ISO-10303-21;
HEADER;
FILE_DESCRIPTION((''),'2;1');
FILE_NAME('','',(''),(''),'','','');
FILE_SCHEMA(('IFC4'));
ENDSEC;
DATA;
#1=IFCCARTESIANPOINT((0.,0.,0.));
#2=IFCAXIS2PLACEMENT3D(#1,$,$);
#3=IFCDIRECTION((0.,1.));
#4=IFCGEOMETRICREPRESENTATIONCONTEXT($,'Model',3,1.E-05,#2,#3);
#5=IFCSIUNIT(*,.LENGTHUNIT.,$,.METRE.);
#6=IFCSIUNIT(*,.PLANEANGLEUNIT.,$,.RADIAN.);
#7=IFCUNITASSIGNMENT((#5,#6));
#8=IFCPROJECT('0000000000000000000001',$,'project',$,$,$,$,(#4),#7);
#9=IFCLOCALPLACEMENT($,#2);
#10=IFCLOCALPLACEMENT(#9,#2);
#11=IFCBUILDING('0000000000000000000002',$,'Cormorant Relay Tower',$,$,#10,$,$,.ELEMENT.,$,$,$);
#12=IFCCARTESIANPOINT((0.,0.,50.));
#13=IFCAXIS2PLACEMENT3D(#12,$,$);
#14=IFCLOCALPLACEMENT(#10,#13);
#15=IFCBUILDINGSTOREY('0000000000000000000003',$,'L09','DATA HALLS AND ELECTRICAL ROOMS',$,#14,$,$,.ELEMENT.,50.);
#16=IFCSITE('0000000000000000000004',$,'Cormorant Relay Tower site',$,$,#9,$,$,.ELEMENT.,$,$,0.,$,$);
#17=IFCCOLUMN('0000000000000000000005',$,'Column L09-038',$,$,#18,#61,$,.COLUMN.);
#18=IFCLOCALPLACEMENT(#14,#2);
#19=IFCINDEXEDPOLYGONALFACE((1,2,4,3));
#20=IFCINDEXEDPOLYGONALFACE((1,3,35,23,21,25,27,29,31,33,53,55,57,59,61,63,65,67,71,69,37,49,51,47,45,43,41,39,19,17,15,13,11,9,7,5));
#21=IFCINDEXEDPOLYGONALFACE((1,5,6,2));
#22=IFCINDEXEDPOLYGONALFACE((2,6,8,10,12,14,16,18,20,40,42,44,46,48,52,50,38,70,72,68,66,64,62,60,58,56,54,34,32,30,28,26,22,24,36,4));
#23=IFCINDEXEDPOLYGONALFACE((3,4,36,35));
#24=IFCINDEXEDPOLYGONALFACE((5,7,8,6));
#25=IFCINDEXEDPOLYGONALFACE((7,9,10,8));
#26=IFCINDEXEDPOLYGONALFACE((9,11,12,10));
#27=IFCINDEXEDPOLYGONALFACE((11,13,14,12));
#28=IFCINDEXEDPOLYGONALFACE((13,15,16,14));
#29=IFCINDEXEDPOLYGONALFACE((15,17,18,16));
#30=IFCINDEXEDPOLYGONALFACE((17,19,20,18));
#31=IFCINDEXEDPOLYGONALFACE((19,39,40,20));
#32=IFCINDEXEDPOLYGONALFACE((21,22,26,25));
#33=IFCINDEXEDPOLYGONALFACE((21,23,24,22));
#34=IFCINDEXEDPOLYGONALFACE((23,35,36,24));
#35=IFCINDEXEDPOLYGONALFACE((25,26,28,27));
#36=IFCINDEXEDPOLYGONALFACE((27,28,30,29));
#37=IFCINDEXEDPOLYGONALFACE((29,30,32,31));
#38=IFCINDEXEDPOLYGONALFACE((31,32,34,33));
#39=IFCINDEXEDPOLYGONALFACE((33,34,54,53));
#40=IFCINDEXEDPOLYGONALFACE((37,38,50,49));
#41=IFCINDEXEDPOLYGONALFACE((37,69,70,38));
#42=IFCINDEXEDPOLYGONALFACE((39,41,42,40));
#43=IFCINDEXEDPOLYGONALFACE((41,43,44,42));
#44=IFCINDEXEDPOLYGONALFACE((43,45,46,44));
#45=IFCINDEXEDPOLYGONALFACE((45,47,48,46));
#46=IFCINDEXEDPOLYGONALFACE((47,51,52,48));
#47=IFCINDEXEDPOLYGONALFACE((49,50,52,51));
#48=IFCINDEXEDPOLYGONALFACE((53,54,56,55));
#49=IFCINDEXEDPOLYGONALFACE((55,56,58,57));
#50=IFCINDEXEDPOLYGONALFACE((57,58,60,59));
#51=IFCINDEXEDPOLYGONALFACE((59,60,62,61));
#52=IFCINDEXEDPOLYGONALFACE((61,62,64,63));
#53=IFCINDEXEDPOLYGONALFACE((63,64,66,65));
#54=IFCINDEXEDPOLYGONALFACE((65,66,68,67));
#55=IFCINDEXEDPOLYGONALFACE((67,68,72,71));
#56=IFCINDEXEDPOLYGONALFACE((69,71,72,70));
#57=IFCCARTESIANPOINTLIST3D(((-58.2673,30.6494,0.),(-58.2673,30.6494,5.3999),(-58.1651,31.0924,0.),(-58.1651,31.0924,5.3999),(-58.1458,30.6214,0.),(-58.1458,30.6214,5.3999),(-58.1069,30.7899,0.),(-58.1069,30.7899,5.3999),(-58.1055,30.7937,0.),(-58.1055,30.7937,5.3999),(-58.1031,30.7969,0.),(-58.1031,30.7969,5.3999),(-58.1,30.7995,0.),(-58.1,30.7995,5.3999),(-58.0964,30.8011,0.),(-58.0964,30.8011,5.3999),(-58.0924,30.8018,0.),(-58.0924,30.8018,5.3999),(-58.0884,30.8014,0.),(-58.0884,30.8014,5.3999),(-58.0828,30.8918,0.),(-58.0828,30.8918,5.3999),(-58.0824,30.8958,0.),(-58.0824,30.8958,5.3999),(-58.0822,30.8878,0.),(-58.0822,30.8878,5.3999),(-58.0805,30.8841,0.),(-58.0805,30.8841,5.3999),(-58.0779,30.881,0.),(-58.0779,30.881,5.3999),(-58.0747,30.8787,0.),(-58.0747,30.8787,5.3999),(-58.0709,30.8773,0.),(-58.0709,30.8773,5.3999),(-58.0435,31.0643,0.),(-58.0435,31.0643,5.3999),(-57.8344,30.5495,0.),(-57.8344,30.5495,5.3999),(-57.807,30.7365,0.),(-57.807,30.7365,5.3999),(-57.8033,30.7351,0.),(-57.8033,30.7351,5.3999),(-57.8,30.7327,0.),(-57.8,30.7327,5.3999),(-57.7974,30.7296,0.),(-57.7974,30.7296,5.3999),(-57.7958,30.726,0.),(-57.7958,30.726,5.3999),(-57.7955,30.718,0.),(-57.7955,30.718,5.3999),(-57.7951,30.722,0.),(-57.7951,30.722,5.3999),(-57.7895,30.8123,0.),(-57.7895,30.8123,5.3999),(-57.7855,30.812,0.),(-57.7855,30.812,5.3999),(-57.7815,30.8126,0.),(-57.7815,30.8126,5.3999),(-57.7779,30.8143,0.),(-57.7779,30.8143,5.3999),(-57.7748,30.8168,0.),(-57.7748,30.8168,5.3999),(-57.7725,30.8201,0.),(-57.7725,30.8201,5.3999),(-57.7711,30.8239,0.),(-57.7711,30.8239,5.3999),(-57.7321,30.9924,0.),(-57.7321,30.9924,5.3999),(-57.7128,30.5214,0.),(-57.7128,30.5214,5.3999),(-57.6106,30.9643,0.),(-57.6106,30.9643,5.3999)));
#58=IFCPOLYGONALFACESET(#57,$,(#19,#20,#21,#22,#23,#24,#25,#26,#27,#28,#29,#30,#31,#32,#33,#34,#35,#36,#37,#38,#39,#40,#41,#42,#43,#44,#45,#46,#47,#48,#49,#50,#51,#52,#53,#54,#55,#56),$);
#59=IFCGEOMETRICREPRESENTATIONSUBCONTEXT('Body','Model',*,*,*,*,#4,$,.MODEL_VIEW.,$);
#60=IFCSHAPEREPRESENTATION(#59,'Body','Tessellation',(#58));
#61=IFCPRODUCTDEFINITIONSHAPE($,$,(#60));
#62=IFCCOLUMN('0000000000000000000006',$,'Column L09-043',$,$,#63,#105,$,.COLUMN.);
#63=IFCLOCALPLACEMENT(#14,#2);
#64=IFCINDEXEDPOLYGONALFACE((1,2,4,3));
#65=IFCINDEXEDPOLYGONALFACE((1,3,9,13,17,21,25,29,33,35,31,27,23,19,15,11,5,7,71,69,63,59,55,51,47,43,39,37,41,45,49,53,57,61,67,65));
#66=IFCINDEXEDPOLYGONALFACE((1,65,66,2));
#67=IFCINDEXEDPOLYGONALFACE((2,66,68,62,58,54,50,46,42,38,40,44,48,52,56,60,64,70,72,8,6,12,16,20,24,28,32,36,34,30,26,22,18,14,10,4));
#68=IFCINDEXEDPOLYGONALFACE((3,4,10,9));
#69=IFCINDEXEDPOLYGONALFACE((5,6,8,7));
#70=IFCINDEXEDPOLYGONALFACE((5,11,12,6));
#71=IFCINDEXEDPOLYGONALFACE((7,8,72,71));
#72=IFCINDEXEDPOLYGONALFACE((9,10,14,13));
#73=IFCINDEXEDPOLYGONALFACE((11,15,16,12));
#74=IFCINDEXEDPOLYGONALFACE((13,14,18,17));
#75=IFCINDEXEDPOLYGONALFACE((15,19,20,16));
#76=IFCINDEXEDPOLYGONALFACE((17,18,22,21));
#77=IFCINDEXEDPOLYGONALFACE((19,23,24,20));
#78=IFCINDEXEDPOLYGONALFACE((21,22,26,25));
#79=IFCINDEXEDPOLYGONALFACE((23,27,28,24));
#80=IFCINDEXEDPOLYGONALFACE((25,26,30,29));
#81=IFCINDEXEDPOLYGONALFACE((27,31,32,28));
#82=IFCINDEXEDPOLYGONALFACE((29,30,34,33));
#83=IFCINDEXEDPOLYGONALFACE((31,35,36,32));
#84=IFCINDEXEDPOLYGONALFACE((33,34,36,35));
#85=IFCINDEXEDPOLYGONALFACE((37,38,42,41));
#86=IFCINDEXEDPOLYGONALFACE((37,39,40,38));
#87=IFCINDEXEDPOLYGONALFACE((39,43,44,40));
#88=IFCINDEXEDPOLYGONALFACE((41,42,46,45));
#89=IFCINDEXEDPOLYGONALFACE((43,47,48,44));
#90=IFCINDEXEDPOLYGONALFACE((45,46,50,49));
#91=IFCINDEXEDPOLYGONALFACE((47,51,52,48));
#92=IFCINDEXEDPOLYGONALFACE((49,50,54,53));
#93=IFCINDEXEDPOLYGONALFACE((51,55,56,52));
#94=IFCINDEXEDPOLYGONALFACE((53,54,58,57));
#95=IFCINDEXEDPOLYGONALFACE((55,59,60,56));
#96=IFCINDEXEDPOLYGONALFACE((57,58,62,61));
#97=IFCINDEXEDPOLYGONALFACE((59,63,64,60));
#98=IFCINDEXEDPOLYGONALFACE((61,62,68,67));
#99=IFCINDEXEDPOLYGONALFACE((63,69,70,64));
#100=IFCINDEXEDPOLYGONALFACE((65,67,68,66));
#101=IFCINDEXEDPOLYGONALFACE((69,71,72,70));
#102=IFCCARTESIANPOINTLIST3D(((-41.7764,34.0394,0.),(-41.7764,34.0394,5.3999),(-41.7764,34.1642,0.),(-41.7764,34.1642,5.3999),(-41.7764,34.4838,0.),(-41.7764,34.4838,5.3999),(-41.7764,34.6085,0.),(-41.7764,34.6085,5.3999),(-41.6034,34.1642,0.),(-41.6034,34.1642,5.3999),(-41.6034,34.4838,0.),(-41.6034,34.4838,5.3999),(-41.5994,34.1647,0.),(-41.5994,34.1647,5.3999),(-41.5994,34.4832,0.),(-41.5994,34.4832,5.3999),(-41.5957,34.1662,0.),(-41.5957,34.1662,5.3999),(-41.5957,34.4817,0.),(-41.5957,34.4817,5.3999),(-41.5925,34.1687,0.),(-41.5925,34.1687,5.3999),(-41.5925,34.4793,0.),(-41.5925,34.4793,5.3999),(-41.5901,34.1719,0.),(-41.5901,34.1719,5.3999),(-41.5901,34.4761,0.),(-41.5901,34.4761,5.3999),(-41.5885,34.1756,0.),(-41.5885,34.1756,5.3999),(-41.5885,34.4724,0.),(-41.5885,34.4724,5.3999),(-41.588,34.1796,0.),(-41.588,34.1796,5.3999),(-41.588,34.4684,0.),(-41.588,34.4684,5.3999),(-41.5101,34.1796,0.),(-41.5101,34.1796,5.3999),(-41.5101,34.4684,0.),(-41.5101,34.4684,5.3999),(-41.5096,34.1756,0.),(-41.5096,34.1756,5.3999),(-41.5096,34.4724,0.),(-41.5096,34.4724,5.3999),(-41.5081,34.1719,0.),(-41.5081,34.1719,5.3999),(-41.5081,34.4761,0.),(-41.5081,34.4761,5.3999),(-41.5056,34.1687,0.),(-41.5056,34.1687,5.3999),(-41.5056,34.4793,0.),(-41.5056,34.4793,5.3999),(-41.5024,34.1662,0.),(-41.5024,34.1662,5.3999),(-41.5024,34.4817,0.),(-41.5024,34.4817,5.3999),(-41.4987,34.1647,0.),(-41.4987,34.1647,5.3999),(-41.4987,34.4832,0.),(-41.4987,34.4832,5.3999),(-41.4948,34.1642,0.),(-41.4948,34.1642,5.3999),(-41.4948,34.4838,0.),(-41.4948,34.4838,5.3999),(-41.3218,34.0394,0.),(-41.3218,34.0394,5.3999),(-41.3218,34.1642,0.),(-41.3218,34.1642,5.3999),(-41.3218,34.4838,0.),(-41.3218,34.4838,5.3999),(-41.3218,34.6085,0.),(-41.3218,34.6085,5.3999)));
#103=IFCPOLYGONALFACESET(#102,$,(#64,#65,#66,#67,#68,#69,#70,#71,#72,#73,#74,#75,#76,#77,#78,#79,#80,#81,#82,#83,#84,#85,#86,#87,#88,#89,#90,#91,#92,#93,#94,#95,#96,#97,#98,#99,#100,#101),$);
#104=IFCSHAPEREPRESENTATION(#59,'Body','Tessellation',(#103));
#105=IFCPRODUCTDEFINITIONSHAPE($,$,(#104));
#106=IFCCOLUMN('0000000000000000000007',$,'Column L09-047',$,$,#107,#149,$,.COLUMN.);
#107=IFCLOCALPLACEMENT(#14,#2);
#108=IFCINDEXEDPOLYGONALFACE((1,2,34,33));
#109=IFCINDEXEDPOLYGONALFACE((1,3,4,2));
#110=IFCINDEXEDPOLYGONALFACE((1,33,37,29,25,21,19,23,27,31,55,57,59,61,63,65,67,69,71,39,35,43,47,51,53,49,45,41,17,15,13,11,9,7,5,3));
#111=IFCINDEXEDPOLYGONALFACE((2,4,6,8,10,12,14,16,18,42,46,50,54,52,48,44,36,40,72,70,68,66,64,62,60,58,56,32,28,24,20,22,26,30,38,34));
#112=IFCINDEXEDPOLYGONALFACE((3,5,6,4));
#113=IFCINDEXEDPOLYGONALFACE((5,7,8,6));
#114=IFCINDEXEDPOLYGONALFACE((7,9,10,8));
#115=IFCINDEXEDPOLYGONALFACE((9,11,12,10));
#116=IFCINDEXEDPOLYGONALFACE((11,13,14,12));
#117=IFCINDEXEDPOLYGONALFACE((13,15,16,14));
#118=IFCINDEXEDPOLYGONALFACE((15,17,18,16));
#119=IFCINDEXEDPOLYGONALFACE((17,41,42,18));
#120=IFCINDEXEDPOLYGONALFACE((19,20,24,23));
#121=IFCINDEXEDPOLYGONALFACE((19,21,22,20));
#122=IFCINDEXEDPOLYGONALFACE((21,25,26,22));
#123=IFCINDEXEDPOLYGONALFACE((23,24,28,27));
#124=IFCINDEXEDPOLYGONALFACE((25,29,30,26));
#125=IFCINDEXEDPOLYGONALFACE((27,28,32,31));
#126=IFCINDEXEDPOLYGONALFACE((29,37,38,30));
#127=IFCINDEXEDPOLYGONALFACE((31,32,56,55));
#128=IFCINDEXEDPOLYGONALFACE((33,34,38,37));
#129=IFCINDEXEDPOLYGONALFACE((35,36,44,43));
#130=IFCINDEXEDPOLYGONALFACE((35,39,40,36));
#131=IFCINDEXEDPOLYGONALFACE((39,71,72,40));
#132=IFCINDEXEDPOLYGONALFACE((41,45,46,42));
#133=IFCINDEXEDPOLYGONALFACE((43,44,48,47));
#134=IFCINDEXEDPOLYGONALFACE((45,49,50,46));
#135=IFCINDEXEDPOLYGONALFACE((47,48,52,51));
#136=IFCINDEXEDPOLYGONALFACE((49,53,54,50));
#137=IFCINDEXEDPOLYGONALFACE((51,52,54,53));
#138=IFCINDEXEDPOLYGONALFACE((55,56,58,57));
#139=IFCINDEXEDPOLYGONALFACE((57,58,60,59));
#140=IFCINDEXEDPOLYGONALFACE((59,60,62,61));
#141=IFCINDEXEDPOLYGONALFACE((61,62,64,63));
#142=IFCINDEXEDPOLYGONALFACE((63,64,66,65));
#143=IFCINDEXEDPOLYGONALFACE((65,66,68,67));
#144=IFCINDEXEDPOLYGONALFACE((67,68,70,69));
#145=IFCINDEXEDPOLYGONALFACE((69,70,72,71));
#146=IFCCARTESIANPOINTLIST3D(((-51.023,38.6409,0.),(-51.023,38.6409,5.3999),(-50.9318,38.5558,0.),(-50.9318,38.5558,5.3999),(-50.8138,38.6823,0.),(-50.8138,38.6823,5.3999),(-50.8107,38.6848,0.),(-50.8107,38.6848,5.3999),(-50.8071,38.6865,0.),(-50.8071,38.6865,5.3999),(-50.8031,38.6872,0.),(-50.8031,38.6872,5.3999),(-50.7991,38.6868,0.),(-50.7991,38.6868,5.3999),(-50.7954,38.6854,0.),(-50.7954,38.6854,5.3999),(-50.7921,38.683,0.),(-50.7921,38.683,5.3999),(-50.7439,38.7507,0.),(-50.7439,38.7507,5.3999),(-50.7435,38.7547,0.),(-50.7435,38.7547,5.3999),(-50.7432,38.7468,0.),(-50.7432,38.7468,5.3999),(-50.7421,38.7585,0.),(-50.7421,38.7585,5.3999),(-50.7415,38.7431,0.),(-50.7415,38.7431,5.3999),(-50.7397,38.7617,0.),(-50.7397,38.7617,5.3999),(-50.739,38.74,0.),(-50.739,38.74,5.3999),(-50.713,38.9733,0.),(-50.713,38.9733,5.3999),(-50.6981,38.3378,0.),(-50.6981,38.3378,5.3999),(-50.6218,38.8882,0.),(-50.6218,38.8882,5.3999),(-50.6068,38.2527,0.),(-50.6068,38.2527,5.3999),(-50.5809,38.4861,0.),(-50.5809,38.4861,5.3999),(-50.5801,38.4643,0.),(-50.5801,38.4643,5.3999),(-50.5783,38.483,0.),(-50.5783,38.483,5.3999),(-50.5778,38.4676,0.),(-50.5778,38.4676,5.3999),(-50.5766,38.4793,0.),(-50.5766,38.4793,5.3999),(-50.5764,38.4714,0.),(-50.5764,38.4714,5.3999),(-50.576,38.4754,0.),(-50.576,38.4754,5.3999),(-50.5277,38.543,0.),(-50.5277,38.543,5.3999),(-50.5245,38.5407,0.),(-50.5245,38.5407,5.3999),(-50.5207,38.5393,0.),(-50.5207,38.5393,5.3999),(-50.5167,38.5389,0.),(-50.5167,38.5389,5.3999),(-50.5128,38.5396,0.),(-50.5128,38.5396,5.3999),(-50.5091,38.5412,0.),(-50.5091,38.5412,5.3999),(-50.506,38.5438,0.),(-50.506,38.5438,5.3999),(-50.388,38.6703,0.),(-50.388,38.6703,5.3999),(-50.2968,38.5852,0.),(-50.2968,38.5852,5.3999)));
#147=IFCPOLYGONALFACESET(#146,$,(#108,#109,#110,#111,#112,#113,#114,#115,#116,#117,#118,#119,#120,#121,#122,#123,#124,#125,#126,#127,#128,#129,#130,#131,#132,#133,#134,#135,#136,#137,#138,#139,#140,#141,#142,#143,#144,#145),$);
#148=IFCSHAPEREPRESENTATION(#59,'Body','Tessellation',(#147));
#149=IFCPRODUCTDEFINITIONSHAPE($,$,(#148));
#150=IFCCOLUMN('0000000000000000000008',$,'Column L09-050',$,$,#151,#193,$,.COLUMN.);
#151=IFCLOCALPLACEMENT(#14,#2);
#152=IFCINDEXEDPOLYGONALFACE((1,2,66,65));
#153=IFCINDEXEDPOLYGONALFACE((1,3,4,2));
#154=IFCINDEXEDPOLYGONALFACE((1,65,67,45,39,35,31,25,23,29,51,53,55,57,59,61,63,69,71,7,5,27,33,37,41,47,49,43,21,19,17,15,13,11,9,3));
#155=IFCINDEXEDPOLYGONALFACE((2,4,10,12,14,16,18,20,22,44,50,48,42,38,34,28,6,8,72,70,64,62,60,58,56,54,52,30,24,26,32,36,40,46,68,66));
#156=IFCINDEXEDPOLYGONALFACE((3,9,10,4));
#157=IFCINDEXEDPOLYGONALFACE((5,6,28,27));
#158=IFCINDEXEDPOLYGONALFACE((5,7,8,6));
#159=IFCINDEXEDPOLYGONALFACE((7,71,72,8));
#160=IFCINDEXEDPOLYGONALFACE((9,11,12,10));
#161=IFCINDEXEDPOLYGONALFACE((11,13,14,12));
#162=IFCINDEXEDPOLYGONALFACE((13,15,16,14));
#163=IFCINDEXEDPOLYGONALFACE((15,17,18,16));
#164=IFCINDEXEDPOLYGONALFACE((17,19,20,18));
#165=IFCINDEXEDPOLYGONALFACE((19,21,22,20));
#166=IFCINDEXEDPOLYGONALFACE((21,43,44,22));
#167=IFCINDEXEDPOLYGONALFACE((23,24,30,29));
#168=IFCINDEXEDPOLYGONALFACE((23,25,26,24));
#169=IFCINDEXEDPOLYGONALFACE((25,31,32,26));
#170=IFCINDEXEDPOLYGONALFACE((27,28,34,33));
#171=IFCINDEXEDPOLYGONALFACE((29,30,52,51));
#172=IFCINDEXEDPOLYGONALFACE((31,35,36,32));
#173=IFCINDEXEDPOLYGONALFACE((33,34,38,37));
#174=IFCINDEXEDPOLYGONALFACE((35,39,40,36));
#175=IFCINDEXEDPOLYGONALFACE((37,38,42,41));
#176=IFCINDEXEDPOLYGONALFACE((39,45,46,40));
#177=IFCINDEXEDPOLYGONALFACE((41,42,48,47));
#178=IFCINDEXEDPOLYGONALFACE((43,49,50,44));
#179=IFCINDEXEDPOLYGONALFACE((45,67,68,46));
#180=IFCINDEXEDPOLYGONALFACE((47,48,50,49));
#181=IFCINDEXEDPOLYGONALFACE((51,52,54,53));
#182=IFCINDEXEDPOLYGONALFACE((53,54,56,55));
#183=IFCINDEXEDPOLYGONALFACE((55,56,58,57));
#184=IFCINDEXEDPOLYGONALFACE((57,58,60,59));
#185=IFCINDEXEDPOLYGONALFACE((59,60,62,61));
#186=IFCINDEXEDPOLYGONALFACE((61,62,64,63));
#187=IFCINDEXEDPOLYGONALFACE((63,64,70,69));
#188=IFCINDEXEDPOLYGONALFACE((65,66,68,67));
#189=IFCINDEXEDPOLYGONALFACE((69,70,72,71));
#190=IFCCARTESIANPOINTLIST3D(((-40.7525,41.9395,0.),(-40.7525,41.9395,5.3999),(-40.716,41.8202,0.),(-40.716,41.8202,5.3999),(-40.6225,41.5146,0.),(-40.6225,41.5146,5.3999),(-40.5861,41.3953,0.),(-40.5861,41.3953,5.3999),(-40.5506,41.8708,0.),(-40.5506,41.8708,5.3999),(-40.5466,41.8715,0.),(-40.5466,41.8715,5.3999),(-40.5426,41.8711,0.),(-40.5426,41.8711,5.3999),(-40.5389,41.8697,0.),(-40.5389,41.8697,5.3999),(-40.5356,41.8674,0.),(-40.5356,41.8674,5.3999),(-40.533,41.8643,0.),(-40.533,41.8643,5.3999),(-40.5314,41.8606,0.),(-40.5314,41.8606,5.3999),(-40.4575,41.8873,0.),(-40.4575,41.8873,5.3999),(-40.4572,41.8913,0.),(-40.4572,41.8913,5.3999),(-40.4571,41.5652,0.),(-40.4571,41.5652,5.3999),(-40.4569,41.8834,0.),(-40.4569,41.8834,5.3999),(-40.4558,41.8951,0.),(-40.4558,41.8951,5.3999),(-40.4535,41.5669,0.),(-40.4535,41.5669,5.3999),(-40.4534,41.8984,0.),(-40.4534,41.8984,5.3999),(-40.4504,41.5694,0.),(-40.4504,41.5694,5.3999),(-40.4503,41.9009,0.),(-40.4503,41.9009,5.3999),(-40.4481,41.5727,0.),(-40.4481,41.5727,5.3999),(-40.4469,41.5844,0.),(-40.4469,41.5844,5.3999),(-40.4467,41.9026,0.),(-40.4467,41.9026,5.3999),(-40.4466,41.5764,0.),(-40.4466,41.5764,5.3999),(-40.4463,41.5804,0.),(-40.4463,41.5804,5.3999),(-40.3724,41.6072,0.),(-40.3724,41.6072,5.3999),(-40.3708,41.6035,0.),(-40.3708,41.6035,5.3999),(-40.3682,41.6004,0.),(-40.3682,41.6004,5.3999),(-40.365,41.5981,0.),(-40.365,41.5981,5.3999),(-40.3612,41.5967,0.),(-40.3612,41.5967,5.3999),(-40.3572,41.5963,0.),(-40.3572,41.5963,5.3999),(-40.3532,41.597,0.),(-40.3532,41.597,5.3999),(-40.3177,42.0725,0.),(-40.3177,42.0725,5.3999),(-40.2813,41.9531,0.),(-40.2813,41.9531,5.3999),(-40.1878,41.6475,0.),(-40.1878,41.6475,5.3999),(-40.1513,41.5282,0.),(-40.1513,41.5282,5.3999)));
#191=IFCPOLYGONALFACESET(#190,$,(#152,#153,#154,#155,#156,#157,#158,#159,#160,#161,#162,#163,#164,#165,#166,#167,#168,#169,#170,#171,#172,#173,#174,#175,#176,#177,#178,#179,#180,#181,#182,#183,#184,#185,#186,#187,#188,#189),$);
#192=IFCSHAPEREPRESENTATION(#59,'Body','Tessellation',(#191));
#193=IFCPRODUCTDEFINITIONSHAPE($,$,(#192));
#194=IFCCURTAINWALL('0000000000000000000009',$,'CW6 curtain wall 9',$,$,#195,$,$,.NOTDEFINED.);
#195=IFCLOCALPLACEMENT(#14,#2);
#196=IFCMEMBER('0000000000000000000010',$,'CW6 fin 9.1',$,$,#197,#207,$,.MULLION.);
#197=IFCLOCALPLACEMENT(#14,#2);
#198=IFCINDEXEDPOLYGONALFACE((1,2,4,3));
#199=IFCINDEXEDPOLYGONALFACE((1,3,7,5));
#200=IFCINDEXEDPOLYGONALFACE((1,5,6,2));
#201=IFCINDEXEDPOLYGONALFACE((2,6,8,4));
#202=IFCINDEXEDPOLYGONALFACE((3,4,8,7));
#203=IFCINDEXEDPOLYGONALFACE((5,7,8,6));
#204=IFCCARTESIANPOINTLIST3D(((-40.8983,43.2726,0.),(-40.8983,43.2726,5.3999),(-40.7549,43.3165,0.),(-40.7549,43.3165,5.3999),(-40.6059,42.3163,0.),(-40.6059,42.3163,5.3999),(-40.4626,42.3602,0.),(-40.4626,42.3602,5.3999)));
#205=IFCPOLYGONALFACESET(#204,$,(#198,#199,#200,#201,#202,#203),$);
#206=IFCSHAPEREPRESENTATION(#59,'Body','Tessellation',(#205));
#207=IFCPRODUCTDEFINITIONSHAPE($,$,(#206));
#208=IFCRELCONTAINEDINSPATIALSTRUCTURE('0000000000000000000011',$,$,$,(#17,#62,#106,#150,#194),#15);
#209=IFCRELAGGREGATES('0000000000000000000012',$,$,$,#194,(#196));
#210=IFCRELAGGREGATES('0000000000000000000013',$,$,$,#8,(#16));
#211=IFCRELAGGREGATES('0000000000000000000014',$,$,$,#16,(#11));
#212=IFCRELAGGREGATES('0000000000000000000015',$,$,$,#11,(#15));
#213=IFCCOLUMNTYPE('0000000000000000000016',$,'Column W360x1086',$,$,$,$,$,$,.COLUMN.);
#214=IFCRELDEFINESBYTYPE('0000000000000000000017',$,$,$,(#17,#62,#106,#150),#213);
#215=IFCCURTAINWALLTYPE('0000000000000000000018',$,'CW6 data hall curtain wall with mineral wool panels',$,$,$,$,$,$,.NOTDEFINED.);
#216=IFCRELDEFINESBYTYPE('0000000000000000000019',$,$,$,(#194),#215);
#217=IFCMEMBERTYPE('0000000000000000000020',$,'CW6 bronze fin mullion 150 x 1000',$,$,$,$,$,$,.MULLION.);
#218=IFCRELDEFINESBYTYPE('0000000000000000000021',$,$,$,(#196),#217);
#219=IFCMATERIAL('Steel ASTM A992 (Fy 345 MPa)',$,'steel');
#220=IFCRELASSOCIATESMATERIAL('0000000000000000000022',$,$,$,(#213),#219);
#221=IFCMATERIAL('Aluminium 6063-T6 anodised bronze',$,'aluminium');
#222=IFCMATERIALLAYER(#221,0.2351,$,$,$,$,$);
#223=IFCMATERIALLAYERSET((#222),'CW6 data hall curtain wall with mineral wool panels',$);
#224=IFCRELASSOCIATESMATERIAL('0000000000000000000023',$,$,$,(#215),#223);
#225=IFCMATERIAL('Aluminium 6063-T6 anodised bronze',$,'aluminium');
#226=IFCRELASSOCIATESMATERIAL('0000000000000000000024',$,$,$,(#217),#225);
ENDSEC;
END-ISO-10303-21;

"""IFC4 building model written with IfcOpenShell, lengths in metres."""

from ifc_helpers import new_model, si_unit, direction, frame, origin, origin_2d, place, context, subcontext, project, spatial, rectangle, i_section, extrude, material, layer, layer_set, material_profile, profile_set, type_object, element, aggregate, save


model = new_model("IFC4")

# Units and contexts
model_context = context("Model", 3, precision=1e-05, world=origin(), true_north=direction((0.0, 1.0)))
body_context = subcontext(model_context, "Body", "Model", "MODEL_VIEW")
ifc_project = project(units=[si_unit("LENGTHUNIT", "METRE"), si_unit("PLANEANGLEUNIT", "RADIAN")], contexts=[model_context])

# Site, building, storey
site_placement = place(None, origin())
site = spatial("IfcSite", under=ifc_project, at=site_placement, Name="Cormorant Relay Tower site", CompositionType="ELEMENT", RefElevation=0.0)
building_placement = place(site_placement, origin())
building = spatial("IfcBuilding", under=site, at=building_placement, Name="Cormorant Relay Tower", CompositionType="ELEMENT")
storey_placement = place(building_placement, frame((0.0, 0.0, 50.0)))
storey = spatial("IfcBuildingStorey", under=building, at=storey_placement, Name="L09", Description="DATA HALLS AND ELECTRICAL ROOMS", CompositionType="ELEMENT", Elevation=50.0)

# Columns
ifc_material_1 = material(Name="Steel ASTM A992 (Fy 345 MPa)", Category="steel")
ifc_material_profile_1 = material_profile(ifc_material_1, i_section(OverallWidth=0.4546, OverallDepth=0.5691, WebThickness=0.0779, FlangeThickness=0.1248, FilletRadius=0.0154, at=origin_2d()), Name="W360x1086")
ifc_profile_set_1 = profile_set([ifc_material_profile_1], Name="Steel ASTM A992 (Fy 345 MPa)")
column_type = type_object("IfcColumnType", Name="Column W360x1086", PredefinedType="COLUMN", material=ifc_profile_set_1)
for number, where, z_axis, x_axis, name in (
    (1, (-57.939, 30.8069, 0.0), (0.0, 0.0, 1.0), (-0.224951, -0.97437, 0.0), "Column L09-038"),
    (2, (-41.5491, 34.324, 0.0), (0.0, 0.0, 1.0), (1.0, 0.0, 0.0), "Column L09-043"),
    (3, (-50.6599, 38.613, 0.0), (0.0, 0.0, 1.0), (-0.681998, -0.731354, 0.0), "Column L09-047"),
    (4, (-40.4519, 41.7339, 0.0), (0.0, 0.0, 1.0), (-0.956305, -0.292372, 0.0), "Column L09-050"),
):
    element("IfcColumn", number, at=place(storey_placement, frame(where, z_axis=z_axis, x_axis=x_axis)), inside=storey, type_object=column_type, Name=name, PredefinedType="COLUMN", context=body_context, shape_type="SweptSolid", body=[
        extrude(i_section(OverallWidth=0.4546, OverallDepth=0.5691, WebThickness=0.0779, FlangeThickness=0.1248, FilletRadius=0.0154, at=origin_2d()), origin(), (0.0, 0.0, 1.0), 5.3999),
    ])

# Curtain wall, member
ifc_material_2 = material(Name="Aluminium 6063-T6 anodised bronze", Category="aluminium")
ifc_layer_1 = layer(ifc_material_2, 0.2351)
ifc_layer_set_1 = layer_set([ifc_layer_1], Name="CW6 data hall curtain wall with mineral wool panels")
curtain_wall_type = type_object("IfcCurtainWallType", Name="CW6 data hall curtain wall with mineral wool panels", PredefinedType="NOTDEFINED", material=ifc_layer_set_1)
curtain_wall_1_placement = place(storey_placement, origin())
curtain_wall_1 = element("IfcCurtainWall", 5, at=curtain_wall_1_placement, inside=storey, type_object=curtain_wall_type, Name="CW6 curtain wall 9", PredefinedType="NOTDEFINED")
ifc_material_3 = material(Name="Aluminium 6063-T6 anodised bronze", Category="aluminium")
ifc_material_profile_2 = material_profile(ifc_material_3, rectangle(XDim=0.1499, YDim=1.0, at=origin_2d()), Name="AL 150x1000")
ifc_profile_set_2 = profile_set([ifc_material_profile_2], Name="Aluminium 6063-T6 anodised bronze")
member_type_1 = type_object("IfcMemberType", Name="CW6 bronze fin mullion 150 x 1000", PredefinedType="MULLION", material=ifc_profile_set_2)
member_1_placement = place(storey_placement, frame((-40.6804, 42.8164, 0.0), z_axis=(0.0, 0.0, 1.0), x_axis=(-0.956305, -0.292372, 0.0)))
member_1 = element("IfcMember", 6, at=member_1_placement, type_object=member_type_1, Name="CW6 fin 9.1", PredefinedType="MULLION", context=body_context, shape_type="SweptSolid", body=[
    extrude(rectangle(XDim=0.1499, YDim=1.0, at=origin_2d()), origin(), (0.0, 0.0, 1.0), 5.3999),
])

aggregate(curtain_wall_1, [member_1])

save(model, "model.ifc")
